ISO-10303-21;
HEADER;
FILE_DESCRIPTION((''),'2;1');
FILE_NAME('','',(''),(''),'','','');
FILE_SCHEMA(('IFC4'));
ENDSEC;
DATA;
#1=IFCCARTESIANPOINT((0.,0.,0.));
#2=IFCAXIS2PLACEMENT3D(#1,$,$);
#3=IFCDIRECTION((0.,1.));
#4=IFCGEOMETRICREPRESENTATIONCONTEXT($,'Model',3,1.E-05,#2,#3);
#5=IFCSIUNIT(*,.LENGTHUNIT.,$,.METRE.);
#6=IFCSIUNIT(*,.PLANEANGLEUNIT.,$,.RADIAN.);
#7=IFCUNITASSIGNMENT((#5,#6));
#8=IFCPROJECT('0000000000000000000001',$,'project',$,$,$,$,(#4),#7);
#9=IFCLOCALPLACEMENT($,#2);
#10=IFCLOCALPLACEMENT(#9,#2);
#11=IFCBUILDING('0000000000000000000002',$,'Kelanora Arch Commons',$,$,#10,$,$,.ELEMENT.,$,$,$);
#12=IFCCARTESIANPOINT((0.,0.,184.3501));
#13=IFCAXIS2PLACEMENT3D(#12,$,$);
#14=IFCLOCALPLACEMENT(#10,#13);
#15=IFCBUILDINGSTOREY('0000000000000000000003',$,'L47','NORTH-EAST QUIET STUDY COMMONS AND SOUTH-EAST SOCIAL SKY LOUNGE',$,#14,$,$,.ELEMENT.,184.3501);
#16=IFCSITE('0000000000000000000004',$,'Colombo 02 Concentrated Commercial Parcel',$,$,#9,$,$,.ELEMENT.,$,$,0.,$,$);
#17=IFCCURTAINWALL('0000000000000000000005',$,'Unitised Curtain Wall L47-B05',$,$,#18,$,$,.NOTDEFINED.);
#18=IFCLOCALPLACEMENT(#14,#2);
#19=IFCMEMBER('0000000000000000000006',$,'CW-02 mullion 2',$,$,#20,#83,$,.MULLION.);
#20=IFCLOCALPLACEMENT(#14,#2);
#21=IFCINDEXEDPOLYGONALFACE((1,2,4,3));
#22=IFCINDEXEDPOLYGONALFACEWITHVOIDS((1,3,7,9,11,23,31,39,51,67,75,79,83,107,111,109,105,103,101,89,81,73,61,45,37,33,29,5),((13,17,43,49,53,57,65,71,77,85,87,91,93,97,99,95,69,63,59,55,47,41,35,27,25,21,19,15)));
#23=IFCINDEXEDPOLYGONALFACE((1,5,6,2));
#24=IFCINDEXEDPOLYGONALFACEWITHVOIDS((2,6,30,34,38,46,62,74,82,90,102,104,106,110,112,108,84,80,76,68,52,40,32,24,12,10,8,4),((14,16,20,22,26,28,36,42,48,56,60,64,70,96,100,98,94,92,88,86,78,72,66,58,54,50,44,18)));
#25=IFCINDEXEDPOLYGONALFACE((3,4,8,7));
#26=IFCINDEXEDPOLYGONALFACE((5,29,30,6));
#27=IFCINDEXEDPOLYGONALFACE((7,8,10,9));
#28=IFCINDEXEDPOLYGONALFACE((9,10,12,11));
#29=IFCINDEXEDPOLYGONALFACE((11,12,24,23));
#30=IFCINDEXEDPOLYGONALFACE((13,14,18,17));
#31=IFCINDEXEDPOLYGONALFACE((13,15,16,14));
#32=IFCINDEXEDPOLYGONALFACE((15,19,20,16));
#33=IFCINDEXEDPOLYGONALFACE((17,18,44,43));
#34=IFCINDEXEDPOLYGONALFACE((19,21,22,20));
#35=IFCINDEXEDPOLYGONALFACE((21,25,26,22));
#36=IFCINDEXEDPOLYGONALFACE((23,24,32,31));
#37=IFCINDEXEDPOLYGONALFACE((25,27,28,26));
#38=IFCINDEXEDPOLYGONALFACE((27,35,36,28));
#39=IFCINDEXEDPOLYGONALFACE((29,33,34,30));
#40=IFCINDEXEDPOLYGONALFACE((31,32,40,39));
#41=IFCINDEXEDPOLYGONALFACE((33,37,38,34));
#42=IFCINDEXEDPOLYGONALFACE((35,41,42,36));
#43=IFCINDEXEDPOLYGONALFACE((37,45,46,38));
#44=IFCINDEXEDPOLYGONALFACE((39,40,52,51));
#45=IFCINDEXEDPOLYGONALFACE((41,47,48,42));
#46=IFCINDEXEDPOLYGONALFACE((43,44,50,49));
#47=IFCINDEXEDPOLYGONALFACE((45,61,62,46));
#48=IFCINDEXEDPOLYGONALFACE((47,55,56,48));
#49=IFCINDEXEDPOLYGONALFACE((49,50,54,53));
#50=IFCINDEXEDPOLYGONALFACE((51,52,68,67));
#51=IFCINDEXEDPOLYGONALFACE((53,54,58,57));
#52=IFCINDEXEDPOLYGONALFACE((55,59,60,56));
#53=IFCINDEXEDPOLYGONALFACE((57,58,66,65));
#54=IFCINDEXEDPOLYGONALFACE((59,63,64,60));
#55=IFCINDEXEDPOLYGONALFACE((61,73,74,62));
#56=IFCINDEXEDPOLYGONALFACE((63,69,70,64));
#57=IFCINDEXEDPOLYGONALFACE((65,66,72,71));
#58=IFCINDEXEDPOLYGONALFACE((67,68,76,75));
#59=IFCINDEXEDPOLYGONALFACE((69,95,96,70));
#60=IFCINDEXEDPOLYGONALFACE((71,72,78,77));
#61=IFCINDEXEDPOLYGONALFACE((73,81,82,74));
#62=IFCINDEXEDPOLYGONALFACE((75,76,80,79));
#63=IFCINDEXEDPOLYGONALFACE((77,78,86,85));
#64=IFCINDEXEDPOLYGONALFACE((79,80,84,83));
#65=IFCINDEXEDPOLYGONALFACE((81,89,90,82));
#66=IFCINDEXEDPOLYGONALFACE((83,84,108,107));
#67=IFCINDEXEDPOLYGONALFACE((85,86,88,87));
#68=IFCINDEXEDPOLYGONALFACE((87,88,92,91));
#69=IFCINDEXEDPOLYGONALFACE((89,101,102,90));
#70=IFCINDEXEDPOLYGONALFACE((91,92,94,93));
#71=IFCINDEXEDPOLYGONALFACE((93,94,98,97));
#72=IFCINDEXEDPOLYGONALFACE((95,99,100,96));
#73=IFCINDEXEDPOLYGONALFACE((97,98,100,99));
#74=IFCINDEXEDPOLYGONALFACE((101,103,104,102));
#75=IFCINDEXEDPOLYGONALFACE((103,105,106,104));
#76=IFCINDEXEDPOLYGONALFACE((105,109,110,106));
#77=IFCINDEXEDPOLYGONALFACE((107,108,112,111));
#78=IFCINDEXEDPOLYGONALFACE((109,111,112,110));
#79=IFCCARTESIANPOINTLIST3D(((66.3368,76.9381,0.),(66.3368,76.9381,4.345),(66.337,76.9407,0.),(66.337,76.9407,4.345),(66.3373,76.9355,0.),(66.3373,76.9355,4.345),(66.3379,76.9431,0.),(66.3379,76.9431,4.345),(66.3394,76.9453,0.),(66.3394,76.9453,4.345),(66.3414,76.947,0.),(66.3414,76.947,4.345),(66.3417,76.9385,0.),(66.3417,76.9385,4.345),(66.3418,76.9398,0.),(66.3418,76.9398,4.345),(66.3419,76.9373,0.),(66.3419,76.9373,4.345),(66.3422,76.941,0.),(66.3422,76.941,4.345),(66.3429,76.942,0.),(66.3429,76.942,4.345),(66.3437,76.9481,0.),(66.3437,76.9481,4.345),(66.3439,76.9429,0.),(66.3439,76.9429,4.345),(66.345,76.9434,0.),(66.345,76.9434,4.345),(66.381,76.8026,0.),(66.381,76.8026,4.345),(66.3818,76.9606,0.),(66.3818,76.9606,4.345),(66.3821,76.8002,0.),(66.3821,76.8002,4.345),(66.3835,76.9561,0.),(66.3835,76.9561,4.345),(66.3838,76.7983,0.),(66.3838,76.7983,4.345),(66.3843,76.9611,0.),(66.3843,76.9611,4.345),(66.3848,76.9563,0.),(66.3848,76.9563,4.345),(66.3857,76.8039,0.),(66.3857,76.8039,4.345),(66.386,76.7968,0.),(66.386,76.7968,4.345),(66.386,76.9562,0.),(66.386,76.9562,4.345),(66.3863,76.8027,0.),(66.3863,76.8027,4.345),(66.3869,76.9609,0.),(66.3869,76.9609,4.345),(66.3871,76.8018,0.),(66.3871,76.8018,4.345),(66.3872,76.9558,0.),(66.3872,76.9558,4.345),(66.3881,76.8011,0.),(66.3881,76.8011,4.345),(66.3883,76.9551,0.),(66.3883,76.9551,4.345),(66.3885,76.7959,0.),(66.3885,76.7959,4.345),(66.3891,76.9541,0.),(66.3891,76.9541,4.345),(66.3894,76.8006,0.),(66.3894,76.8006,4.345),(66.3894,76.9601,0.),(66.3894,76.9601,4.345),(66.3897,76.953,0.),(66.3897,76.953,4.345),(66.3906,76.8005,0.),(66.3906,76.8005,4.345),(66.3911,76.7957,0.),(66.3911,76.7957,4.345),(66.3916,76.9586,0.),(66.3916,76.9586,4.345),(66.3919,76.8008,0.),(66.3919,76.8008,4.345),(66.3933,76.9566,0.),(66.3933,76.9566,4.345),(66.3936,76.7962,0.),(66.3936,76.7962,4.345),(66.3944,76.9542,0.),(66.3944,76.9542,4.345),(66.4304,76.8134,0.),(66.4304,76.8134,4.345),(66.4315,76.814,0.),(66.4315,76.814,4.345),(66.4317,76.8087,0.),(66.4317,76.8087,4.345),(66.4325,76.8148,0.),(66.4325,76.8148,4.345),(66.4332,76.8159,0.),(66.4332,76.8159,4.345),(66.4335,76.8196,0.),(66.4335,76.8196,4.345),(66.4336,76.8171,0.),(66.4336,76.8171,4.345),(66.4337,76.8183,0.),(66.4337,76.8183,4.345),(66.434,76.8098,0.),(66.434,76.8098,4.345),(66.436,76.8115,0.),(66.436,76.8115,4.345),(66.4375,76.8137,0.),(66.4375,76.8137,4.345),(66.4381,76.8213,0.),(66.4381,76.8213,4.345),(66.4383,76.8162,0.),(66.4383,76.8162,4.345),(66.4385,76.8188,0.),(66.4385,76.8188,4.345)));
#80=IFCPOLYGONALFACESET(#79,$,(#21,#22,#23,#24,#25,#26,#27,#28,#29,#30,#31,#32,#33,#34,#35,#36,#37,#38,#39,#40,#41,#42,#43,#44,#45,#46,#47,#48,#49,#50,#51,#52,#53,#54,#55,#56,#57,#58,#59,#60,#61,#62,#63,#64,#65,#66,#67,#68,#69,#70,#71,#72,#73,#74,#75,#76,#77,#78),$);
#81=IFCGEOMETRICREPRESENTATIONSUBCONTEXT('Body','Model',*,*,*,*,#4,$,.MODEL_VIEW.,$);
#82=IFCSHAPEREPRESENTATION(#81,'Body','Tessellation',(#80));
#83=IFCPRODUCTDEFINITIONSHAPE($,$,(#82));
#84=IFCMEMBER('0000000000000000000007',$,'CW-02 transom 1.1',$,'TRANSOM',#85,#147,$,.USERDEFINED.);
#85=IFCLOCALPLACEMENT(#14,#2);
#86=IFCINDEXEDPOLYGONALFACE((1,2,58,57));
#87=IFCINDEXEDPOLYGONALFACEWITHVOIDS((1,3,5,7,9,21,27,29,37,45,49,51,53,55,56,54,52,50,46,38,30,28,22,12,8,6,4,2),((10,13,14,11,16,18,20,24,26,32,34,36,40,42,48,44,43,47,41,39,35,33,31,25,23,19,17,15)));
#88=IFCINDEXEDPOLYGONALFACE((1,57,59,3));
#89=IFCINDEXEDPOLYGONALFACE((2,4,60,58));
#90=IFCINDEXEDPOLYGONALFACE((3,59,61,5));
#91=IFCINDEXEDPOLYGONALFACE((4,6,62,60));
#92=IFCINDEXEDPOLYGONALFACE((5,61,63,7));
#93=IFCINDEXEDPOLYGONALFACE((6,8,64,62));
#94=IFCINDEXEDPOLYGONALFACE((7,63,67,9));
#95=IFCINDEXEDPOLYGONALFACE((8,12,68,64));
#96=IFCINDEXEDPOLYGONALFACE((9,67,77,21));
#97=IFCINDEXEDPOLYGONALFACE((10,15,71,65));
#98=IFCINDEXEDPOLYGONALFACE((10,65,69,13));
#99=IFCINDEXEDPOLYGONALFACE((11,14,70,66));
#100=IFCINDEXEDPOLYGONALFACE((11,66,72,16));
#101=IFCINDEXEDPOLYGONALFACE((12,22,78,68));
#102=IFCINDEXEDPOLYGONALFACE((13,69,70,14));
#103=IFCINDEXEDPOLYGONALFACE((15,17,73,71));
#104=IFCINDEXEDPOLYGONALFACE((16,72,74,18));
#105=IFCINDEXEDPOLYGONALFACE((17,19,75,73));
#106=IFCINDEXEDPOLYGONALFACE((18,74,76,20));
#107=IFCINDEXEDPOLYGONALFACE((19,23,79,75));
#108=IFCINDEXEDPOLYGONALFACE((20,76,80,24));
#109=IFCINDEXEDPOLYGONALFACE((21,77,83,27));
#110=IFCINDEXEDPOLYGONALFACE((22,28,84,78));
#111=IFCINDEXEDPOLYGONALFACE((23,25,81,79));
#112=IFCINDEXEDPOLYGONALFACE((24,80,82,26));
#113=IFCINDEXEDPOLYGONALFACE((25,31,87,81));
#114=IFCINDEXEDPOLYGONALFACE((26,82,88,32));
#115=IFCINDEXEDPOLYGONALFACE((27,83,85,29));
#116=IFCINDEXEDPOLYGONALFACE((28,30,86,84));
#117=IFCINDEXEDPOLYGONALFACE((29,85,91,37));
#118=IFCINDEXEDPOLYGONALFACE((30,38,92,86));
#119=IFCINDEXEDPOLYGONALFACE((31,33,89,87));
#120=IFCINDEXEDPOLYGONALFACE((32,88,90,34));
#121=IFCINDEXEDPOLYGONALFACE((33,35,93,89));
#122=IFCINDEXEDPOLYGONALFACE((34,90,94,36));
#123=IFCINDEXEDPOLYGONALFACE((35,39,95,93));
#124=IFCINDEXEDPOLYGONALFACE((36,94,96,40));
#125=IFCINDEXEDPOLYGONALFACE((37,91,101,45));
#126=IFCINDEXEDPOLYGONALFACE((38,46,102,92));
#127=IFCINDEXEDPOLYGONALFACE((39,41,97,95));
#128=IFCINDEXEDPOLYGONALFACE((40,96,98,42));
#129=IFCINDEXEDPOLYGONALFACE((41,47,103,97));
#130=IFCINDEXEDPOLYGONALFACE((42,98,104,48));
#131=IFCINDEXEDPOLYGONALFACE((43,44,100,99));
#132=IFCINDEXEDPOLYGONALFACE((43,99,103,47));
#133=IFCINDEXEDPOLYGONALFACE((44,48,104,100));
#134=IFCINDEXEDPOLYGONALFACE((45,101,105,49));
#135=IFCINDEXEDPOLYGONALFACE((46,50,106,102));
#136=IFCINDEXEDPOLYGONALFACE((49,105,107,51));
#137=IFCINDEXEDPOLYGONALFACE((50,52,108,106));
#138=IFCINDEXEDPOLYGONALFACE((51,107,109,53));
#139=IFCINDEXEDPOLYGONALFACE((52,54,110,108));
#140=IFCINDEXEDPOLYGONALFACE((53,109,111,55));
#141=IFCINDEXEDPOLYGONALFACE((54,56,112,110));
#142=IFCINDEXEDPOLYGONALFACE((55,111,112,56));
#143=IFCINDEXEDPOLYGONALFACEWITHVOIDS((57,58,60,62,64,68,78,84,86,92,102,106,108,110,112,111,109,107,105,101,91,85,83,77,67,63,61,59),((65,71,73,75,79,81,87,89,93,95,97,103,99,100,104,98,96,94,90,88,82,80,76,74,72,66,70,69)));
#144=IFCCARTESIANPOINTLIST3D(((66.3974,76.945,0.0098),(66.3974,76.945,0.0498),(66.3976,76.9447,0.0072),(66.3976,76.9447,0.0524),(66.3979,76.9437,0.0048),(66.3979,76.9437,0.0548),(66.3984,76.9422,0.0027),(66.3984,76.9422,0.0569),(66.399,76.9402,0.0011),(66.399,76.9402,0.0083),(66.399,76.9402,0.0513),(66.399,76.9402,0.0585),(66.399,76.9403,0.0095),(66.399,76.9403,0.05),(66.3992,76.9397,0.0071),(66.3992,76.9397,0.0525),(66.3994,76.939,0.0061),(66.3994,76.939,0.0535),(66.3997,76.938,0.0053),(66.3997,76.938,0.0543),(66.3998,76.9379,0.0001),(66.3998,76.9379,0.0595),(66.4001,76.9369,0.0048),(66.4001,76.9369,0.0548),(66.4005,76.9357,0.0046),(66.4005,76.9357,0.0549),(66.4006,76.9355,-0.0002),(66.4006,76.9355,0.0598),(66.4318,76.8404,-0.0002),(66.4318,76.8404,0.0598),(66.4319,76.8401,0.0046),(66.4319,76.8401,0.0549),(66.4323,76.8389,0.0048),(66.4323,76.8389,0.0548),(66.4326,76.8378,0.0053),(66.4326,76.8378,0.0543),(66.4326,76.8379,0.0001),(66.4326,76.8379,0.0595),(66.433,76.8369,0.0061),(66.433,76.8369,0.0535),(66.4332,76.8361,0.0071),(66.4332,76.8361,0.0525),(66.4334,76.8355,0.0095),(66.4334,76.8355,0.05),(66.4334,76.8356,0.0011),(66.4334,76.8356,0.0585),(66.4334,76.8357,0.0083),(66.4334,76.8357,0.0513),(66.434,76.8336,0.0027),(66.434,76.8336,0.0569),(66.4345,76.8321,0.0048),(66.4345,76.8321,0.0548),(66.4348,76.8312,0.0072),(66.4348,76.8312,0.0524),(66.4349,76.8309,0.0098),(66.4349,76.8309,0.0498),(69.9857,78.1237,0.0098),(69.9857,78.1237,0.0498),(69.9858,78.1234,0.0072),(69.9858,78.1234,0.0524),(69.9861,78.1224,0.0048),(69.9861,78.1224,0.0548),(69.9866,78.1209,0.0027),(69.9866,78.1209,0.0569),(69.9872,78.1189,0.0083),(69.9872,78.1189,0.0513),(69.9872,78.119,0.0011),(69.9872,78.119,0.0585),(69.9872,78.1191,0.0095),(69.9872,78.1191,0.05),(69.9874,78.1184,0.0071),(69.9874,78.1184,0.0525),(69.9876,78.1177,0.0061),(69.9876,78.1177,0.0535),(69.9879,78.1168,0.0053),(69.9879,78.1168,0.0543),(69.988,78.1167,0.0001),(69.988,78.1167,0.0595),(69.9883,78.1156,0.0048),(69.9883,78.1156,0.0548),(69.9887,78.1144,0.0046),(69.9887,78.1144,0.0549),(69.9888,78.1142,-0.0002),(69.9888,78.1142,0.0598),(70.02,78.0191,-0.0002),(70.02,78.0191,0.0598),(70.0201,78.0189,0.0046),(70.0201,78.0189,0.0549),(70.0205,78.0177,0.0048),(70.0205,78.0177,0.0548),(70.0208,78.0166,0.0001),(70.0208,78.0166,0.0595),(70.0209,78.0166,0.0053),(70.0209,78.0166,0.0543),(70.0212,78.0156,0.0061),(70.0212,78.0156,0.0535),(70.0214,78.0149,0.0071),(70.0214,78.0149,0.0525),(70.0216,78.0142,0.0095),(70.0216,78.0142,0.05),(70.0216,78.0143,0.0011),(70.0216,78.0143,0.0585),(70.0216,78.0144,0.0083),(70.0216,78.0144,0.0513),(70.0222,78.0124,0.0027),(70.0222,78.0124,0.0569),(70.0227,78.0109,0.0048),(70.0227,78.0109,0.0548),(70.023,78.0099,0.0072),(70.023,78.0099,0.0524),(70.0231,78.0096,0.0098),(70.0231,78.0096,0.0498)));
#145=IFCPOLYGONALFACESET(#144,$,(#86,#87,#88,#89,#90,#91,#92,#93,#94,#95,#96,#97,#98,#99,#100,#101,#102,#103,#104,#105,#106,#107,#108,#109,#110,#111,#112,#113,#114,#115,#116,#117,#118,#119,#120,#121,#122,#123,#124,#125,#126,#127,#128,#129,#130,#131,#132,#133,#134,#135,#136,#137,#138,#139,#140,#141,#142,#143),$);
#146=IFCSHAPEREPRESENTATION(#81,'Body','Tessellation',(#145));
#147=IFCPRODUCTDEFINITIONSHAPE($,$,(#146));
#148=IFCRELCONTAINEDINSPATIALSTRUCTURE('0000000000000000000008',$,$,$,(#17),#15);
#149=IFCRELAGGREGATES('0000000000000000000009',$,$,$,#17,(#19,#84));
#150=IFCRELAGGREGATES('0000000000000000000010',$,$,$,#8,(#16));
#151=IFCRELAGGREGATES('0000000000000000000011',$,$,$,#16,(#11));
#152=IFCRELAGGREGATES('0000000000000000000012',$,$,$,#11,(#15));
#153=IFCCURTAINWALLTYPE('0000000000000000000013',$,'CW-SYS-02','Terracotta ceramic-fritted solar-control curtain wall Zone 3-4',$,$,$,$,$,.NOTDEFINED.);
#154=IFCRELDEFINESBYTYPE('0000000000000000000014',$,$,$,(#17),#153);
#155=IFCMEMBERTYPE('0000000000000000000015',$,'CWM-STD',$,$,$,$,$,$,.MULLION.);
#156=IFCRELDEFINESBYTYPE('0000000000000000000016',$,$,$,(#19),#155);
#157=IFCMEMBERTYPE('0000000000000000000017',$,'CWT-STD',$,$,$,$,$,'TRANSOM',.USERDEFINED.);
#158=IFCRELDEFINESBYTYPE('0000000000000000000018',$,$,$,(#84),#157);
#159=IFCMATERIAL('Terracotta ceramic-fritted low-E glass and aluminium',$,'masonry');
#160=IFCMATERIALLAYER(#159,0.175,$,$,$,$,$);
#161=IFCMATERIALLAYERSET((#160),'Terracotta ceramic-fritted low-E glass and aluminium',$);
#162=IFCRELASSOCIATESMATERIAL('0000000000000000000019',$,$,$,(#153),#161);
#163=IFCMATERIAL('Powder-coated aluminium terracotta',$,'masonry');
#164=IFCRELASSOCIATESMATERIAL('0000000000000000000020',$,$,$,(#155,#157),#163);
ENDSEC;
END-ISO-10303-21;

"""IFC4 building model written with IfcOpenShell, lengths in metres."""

from ifc_helpers import new_model, si_unit, direction, frame, origin, origin_2d, place, context, subcontext, project, spatial, hollow_rectangle, extrude, material, layer, layer_set, material_profile, profile_set, type_object, element, aggregate, save


model = new_model("IFC4")

# Units and contexts
model_context = context("Model", 3, precision=1e-05, world=origin(), true_north=direction((0.0, 1.0)))
body_context = subcontext(model_context, "Body", "Model", "MODEL_VIEW")
ifc_project = project(units=[si_unit("LENGTHUNIT", "METRE"), si_unit("PLANEANGLEUNIT", "RADIAN")], contexts=[model_context])

# Site, building, storey
site_placement = place(None, origin())
site = spatial("IfcSite", under=ifc_project, at=site_placement, Name="Colombo 02 Concentrated Commercial Parcel", CompositionType="ELEMENT", RefElevation=0.0)
building_placement = place(site_placement, origin())
building = spatial("IfcBuilding", under=site, at=building_placement, Name="Kelanora Arch Commons", CompositionType="ELEMENT")
storey_placement = place(building_placement, frame((0.0, 0.0, 184.3501)))
storey = spatial("IfcBuildingStorey", under=building, at=storey_placement, Name="L47", Description="NORTH-EAST QUIET STUDY COMMONS AND SOUTH-EAST SOCIAL SKY LOUNGE", CompositionType="ELEMENT", Elevation=184.3501)

# Curtain wall, members
ifc_material_1 = material(Name="Terracotta ceramic-fritted low-E glass and aluminium", Category="masonry")
ifc_layer_1 = layer(ifc_material_1, 0.175)
ifc_layer_set_1 = layer_set([ifc_layer_1], Name="Terracotta ceramic-fritted low-E glass and aluminium")
curtain_wall_type = type_object("IfcCurtainWallType", Name="CW-SYS-02", Description="Terracotta ceramic-fritted solar-control curtain wall Zone 3-4", PredefinedType="NOTDEFINED", material=ifc_layer_set_1)
curtain_wall_placement = place(storey_placement, origin())
curtain_wall = element("IfcCurtainWall", 1, at=curtain_wall_placement, inside=storey, type_object=curtain_wall_type, Name="Unitised Curtain Wall L47-B05", PredefinedType="NOTDEFINED")
ifc_material_2 = material(Name="Powder-coated aluminium terracotta", Category="masonry")
ifc_material_profile_1 = material_profile(ifc_material_2, hollow_rectangle(XDim=0.1599, YDim=0.0601, WallThickness=0.0049, InnerFilletRadius=0.0049, OuterFilletRadius=0.01, at=origin_2d()), Name="CWM160x60")
ifc_profile_set_1 = profile_set([ifc_material_profile_1], Name="Powder-coated aluminium terracotta")
member_type_1 = type_object("IfcMemberType", Name="CWM-STD", PredefinedType="MULLION", material=ifc_profile_set_1)
member_1_placement = place(storey_placement, frame((66.3877, 76.8784, 0.0), z_axis=(0.0, 0.0, 1.0), x_axis=(0.312128, -0.95004, 0.0)))
member_1 = element("IfcMember", 2, at=member_1_placement, type_object=member_type_1, Name="CW-02 mullion 2", PredefinedType="MULLION", context=body_context, shape_type="SweptSolid", body=[
    extrude(hollow_rectangle(XDim=0.1599, YDim=0.0601, WallThickness=0.0049, InnerFilletRadius=0.0049, OuterFilletRadius=0.01, at=origin_2d()), origin(), (0.0, 0.0, 1.0), 4.345),
])
ifc_material_profile_2 = material_profile(ifc_material_2, hollow_rectangle(XDim=0.1201, YDim=0.0601, WallThickness=0.0049, InnerFilletRadius=0.0049, OuterFilletRadius=0.01, at=origin_2d()), Name="CWT120x60")
ifc_profile_set_2 = profile_set([ifc_material_profile_2], Name="Powder-coated aluminium terracotta")
member_type_2 = type_object("IfcMemberType", Name="CWT-STD", ElementType="TRANSOM", PredefinedType="USERDEFINED", material=ifc_profile_set_2)
member_2_placement = place(storey_placement, frame((70.0044, 78.0667, 0.0298), z_axis=(-0.950051, -0.312094, 0.0), x_axis=(0.312094, -0.950051, 0.0)))
member_2 = element("IfcMember", 3, at=member_2_placement, type_object=member_type_2, Name="CW-02 transom 1.1", ObjectType="TRANSOM", PredefinedType="USERDEFINED", context=body_context, shape_type="SweptSolid", body=[
    extrude(hollow_rectangle(XDim=0.1201, YDim=0.0601, WallThickness=0.0049, InnerFilletRadius=0.0049, OuterFilletRadius=0.01, at=origin_2d()), origin(), (0.0, 0.0, 1.0), 3.7769),
])
aggregate(curtain_wall, [member_1, member_2])

save(model, "model.ifc")
